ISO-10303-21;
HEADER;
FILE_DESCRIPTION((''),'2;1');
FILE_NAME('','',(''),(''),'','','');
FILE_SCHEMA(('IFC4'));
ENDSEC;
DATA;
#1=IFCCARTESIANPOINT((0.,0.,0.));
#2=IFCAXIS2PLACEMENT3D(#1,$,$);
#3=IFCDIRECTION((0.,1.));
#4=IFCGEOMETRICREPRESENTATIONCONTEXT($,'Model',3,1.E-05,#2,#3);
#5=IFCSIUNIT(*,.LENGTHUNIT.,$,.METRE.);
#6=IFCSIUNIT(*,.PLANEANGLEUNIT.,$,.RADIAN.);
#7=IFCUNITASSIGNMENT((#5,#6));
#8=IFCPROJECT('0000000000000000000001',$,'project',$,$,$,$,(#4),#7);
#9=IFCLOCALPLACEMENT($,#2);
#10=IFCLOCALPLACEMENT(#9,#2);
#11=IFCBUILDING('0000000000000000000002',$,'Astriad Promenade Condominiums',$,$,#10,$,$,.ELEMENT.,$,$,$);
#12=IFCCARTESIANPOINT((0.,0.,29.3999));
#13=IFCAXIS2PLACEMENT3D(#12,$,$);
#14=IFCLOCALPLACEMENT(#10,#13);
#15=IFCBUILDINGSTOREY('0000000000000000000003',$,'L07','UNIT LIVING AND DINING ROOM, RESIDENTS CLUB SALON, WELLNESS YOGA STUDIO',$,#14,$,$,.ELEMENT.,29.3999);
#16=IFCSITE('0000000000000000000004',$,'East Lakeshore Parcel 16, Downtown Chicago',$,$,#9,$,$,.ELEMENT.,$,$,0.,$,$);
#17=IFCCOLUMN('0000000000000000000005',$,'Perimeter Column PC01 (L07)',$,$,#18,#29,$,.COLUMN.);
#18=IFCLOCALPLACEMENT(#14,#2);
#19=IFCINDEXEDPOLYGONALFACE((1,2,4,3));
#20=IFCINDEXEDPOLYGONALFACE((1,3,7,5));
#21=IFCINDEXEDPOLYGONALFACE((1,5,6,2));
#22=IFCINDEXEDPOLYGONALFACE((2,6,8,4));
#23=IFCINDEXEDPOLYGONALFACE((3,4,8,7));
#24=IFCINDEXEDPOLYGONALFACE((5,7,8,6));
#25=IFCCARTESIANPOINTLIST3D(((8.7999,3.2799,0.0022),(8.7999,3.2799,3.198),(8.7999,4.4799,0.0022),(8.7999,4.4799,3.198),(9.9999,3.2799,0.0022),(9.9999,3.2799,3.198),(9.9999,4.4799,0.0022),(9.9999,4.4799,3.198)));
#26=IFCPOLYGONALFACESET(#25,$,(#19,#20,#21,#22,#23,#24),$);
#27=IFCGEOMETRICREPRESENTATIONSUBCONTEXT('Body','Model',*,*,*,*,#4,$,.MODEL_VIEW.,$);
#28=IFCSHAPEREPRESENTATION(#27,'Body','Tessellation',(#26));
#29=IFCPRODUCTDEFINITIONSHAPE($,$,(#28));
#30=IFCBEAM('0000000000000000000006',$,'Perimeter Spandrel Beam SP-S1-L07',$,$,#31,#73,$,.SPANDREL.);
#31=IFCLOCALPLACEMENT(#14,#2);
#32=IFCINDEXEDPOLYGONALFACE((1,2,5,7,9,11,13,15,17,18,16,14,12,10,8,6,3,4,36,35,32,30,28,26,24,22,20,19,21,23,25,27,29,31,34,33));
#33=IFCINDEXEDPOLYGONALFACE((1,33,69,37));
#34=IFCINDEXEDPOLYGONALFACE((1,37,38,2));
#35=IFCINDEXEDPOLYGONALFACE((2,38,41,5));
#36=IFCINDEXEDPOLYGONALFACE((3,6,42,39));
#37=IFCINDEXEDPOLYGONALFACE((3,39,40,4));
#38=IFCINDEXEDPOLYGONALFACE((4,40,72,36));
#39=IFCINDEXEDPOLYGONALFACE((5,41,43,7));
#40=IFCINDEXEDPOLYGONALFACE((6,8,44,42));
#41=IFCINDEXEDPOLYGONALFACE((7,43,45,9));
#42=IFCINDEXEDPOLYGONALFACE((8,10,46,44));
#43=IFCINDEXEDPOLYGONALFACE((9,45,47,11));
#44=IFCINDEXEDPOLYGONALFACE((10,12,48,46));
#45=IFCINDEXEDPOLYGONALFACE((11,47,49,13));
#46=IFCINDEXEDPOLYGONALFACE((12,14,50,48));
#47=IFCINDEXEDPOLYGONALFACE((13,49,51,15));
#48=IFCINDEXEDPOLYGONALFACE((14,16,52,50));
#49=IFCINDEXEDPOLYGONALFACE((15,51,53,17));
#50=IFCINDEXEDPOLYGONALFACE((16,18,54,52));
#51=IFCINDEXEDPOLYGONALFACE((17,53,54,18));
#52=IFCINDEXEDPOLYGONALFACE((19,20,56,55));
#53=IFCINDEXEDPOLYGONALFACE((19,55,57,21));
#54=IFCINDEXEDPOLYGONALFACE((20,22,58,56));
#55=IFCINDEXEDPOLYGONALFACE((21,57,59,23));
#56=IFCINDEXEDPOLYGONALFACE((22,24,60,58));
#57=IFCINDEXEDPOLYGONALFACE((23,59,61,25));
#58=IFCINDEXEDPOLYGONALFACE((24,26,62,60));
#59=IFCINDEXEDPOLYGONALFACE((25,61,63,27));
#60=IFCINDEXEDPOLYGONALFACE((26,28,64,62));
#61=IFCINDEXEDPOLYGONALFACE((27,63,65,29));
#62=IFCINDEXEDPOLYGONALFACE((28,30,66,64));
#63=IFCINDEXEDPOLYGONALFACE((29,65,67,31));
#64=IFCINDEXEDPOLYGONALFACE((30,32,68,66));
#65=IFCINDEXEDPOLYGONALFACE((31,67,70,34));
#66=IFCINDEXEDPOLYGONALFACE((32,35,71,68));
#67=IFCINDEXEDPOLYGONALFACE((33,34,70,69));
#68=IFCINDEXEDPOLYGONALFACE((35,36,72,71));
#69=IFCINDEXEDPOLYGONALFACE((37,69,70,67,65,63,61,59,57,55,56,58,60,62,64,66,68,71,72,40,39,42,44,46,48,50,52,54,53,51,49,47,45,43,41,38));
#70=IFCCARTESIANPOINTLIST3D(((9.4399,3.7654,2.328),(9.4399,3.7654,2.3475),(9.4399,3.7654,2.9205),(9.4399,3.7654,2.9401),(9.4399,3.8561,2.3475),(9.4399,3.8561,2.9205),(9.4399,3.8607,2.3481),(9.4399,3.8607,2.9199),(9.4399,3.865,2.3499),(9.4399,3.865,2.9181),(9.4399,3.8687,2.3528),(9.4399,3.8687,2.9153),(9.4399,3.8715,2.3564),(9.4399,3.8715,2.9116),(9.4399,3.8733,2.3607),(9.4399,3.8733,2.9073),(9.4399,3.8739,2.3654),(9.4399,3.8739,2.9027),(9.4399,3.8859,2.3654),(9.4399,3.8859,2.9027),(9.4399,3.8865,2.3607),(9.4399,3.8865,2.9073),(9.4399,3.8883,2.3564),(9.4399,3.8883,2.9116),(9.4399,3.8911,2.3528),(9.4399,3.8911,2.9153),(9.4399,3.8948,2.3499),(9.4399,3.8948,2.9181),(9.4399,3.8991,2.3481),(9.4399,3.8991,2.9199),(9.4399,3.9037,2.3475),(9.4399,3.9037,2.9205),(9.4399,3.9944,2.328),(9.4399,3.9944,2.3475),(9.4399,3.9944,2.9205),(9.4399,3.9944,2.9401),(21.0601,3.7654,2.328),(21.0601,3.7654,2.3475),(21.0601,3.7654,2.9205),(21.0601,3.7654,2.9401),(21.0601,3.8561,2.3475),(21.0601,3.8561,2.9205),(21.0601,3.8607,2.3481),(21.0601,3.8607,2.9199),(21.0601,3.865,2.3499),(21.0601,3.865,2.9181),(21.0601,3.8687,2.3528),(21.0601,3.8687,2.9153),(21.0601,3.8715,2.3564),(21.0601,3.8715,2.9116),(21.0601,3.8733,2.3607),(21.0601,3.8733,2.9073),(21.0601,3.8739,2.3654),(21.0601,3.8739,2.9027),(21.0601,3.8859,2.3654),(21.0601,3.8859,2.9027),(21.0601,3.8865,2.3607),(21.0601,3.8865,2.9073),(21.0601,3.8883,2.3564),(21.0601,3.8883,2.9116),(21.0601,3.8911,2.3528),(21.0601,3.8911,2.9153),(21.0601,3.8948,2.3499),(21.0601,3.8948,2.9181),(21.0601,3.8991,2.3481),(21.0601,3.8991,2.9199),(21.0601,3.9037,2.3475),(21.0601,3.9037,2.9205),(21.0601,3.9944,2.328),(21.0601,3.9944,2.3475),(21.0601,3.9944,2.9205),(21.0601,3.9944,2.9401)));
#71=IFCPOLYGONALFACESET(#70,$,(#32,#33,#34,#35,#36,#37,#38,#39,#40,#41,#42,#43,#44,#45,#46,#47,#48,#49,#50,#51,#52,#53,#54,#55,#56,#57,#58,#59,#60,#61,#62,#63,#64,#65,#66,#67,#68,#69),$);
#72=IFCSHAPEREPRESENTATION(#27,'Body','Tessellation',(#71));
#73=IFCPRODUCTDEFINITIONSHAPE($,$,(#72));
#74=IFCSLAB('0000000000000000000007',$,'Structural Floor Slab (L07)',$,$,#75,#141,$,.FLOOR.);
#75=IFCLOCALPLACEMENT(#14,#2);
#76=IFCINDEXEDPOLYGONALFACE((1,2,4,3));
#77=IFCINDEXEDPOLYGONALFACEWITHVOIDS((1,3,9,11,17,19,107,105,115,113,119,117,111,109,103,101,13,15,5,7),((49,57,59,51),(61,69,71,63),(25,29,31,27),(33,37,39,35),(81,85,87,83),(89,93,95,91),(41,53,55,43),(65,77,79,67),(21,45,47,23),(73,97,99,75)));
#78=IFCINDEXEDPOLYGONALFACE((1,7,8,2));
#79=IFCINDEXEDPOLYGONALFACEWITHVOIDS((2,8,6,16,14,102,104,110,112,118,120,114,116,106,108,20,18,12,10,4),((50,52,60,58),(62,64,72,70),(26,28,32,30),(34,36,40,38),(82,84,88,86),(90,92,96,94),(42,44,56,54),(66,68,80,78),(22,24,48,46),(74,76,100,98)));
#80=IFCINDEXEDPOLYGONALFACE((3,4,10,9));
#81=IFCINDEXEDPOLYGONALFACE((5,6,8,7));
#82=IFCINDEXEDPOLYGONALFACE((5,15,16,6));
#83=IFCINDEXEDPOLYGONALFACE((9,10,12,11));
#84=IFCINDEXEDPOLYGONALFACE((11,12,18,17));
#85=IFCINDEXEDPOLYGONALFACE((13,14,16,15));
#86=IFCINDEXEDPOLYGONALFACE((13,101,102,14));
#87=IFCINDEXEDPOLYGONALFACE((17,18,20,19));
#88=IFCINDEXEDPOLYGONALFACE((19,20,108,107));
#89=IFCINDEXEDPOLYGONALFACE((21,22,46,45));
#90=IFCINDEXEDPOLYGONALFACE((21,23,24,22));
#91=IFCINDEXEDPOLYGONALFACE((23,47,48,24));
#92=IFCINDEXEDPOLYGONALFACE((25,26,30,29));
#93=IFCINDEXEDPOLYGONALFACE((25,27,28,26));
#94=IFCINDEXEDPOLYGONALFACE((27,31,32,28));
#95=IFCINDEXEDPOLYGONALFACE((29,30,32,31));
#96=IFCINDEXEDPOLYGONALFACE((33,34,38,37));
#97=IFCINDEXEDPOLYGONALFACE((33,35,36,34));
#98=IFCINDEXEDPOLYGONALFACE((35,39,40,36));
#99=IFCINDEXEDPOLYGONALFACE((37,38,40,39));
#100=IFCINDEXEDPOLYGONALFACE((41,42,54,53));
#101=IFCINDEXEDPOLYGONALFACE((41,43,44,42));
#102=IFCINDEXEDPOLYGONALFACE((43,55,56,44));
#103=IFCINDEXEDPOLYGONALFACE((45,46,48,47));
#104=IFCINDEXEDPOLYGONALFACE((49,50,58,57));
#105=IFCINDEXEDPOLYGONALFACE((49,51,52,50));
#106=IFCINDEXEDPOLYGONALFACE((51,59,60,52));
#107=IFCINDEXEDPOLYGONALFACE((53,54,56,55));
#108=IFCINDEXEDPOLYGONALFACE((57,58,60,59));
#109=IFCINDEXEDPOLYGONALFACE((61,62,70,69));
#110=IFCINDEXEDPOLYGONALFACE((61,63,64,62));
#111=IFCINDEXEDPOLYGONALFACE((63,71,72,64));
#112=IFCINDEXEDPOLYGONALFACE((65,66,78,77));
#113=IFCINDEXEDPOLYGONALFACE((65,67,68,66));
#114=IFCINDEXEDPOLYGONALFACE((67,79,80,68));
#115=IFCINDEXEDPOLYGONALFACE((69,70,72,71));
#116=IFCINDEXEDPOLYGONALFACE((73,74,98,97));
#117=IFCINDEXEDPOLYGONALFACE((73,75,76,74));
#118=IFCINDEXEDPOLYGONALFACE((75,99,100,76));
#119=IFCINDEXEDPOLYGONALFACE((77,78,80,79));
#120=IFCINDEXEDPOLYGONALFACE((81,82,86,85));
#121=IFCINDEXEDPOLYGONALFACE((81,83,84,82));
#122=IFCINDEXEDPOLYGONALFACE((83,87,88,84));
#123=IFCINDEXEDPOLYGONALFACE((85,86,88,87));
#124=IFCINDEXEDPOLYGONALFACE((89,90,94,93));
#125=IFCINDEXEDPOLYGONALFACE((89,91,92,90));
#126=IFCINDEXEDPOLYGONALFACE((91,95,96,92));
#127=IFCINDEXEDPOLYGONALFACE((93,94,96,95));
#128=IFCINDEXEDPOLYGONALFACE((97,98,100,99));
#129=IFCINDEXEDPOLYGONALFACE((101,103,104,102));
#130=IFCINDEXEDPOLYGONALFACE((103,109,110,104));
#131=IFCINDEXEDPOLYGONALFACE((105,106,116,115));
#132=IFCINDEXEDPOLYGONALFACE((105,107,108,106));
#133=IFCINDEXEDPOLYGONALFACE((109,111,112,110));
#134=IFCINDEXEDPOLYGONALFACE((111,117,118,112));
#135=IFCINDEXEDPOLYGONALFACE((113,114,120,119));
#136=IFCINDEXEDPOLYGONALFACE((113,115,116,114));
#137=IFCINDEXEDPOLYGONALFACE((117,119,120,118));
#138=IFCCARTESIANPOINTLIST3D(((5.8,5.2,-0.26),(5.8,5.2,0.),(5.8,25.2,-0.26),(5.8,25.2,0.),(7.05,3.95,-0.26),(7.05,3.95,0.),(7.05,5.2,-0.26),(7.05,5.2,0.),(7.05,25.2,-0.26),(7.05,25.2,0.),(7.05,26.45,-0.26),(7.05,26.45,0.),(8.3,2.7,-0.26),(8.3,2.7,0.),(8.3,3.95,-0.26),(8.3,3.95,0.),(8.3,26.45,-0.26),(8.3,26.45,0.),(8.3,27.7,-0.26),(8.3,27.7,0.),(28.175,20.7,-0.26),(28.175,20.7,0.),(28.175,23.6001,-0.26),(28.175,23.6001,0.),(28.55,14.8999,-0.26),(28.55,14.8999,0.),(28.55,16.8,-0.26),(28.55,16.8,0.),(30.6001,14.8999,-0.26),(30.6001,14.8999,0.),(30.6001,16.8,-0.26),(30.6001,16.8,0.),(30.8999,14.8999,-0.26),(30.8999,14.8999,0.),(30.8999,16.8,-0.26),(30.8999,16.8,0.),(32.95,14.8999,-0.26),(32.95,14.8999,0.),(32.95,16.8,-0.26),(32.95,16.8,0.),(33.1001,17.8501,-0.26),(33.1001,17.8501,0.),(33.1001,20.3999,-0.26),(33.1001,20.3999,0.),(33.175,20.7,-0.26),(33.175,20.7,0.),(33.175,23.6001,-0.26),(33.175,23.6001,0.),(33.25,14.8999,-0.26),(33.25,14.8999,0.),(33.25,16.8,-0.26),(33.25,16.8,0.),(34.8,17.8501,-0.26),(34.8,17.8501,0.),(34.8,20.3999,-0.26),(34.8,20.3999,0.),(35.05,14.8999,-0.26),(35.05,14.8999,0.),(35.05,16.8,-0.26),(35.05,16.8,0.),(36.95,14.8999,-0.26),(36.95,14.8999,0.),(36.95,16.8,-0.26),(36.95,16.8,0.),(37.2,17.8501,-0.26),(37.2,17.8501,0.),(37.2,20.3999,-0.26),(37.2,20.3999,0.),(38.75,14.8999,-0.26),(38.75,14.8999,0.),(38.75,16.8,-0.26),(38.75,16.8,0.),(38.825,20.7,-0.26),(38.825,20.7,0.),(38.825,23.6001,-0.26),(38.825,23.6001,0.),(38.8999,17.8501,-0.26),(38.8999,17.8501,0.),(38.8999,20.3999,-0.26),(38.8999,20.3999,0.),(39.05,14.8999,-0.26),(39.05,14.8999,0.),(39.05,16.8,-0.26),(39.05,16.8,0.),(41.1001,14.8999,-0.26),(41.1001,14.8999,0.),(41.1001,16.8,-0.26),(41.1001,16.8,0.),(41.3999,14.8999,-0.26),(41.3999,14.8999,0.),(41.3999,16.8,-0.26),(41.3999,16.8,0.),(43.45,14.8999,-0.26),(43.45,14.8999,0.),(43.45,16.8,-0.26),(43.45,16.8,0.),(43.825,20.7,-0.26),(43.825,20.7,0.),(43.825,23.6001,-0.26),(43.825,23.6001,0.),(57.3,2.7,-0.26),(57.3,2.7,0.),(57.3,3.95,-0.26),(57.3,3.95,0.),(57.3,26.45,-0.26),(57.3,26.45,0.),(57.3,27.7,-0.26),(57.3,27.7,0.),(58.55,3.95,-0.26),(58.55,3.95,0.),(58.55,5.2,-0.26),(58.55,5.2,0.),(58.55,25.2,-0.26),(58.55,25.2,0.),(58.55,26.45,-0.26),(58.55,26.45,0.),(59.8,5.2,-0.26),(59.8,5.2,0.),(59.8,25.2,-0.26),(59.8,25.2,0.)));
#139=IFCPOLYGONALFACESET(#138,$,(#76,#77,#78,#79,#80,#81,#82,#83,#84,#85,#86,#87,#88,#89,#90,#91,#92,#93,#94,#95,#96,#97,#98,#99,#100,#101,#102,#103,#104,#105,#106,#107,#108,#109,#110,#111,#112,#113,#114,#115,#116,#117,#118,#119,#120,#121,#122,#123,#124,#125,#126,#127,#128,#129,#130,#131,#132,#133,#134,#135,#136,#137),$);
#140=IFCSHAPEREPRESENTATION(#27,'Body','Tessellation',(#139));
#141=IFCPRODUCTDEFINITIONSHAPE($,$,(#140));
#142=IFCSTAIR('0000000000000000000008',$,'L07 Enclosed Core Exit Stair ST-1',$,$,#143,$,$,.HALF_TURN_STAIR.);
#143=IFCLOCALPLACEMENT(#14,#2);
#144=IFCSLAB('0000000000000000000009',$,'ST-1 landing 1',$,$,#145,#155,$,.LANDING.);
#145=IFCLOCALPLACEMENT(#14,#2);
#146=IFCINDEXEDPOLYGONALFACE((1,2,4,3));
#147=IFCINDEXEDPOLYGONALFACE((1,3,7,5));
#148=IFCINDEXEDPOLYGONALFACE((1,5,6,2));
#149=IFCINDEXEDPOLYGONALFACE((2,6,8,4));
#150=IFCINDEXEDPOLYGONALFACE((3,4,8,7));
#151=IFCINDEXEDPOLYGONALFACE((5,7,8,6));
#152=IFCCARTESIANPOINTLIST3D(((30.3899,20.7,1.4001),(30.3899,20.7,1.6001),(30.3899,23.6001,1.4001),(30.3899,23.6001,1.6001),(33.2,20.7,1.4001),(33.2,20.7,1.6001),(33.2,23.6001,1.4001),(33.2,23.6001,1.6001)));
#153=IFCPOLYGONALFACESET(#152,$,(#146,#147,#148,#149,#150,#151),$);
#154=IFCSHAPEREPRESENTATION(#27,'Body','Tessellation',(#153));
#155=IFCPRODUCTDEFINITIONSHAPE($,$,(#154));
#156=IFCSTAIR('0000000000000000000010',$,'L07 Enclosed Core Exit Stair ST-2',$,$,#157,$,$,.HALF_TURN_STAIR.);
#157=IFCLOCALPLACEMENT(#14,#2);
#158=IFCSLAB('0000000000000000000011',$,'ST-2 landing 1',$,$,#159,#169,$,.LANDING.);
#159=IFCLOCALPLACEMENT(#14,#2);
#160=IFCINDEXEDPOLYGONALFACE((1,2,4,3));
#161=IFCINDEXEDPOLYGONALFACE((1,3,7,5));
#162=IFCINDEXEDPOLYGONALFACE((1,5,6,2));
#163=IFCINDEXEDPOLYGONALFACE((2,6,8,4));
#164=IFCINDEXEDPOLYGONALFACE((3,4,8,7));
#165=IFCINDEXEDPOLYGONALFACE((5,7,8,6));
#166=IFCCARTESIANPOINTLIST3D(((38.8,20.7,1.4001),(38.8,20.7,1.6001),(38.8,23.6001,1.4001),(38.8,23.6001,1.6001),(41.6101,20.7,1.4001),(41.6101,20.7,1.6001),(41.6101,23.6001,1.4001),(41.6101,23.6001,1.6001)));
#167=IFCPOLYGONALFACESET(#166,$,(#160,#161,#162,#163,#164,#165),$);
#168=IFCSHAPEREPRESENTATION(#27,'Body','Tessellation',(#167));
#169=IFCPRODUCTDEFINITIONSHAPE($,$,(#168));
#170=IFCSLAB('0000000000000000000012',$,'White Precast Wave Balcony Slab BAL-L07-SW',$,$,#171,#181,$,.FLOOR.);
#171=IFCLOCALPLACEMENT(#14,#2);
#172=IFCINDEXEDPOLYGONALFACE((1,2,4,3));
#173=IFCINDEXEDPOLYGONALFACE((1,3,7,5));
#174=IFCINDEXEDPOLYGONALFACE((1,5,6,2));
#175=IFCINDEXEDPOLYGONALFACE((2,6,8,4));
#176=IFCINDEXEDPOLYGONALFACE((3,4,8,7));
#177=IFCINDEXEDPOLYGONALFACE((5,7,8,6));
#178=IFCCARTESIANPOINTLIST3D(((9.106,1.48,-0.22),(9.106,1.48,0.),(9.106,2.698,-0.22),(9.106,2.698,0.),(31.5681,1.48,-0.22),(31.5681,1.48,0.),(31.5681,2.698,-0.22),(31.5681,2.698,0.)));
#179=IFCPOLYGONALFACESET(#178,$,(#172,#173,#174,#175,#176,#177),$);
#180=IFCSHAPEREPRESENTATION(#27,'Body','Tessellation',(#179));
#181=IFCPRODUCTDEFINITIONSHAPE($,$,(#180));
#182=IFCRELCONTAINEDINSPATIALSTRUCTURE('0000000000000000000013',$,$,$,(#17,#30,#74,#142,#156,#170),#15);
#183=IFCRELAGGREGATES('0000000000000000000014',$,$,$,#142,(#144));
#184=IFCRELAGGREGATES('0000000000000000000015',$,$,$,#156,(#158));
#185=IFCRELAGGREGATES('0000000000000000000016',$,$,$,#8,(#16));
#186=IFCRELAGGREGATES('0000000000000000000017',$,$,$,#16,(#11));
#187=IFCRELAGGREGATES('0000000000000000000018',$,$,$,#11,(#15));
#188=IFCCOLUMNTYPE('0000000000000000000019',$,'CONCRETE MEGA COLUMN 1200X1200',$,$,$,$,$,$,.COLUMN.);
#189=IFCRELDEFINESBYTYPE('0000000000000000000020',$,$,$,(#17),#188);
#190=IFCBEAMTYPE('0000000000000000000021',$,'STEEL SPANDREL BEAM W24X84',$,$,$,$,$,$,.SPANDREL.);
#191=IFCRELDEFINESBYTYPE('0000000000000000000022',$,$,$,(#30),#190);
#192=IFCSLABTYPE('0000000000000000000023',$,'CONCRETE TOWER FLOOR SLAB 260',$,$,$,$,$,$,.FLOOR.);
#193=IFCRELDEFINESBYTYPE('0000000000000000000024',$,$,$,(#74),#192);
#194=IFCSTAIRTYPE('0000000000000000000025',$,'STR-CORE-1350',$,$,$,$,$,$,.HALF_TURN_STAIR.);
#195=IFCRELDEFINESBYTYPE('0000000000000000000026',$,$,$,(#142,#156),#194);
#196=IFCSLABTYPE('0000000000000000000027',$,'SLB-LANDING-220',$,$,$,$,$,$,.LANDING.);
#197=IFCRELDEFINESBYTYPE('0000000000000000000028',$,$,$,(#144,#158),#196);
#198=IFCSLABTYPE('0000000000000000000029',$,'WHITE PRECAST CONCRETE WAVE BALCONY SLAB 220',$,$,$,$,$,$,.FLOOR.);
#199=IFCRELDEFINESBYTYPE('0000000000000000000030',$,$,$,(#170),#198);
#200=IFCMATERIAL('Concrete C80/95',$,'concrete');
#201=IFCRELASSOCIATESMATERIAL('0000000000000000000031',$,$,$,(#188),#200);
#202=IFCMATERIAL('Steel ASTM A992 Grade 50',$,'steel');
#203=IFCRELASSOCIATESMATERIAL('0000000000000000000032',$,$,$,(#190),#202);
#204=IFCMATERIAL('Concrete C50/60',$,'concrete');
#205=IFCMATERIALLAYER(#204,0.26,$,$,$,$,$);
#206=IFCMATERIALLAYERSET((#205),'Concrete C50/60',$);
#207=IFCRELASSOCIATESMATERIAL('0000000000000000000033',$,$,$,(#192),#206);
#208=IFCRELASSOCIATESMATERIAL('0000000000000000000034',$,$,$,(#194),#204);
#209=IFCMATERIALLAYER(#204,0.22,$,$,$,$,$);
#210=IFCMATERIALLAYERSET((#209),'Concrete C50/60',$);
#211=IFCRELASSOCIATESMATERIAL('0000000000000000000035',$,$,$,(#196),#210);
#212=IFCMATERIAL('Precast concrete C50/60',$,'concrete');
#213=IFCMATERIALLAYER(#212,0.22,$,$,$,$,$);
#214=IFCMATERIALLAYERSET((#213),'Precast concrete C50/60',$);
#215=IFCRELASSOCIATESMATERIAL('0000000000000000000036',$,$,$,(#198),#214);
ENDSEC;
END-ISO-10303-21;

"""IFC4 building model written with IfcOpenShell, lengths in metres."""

from ifc_helpers import new_model, si_unit, direction, frame, origin, origin_2d, place, context, subcontext, project, spatial, polyline, rectangle, i_section, outline, extrude, source, transform, mapped, material, layer, layer_set, material_profile, profile_set, type_object, type_shapes, element, aggregate, save


model = new_model("IFC4")

# Units and contexts
model_context = context("Model", 3, precision=1e-05, world=origin(), true_north=direction((0.0, 1.0)))
body_context = subcontext(model_context, "Body", "Model", "MODEL_VIEW")
ifc_project = project(units=[si_unit("LENGTHUNIT", "METRE"), si_unit("PLANEANGLEUNIT", "RADIAN")], contexts=[model_context])

# Site, building, storey
site_placement = place(None, origin())
site = spatial("IfcSite", under=ifc_project, at=site_placement, Name="East Lakeshore Parcel 16, Downtown Chicago", CompositionType="ELEMENT", RefElevation=0.0)
building_placement = place(site_placement, origin())
building = spatial("IfcBuilding", under=site, at=building_placement, Name="Astriad Promenade Condominiums", CompositionType="ELEMENT")
storey_placement = place(building_placement, frame((0.0, 0.0, 29.3999)))
storey = spatial("IfcBuildingStorey", under=building, at=storey_placement, Name="L07", Description="UNIT LIVING AND DINING ROOM, RESIDENTS CLUB SALON, WELLNESS YOGA STUDIO", CompositionType="ELEMENT", Elevation=29.3999)

# Column
ifc_material_1 = material(Name="Concrete C80/95", Category="concrete")
ifc_material_profile_1 = material_profile(ifc_material_1, rectangle(XDim=1.2, YDim=1.2, at=origin_2d()), Name="RC-COL-1200X1200")
ifc_profile_set_1 = profile_set([ifc_material_profile_1], Name="Concrete C80/95")
column_type = type_object("IfcColumnType", Name="CONCRETE MEGA COLUMN 1200X1200", PredefinedType="COLUMN", material=ifc_profile_set_1)
shared_shape_1 = source(origin(), body_context, "Body", "SweptSolid", [
    extrude(rectangle(XDim=1.2, YDim=1.2, at=origin_2d()), origin(), (0.0, 0.0, 1.0), 3.1958),
])
type_shapes(column_type, [shared_shape_1])
column_placement = place(storey_placement, frame((9.3999, 3.8799, 0.0022), z_axis=(0.0, 0.0, 1.0), x_axis=(1.0, 0.0, 0.0)))
element("IfcColumn", 1, at=column_placement, inside=storey, type_object=column_type, Name="Perimeter Column PC01 (L07)", PredefinedType="COLUMN", context=body_context, shape_type="MappedRepresentation", body=[
    mapped(shared_shape_1, transform((0.0, 0.0, 0.0), scale=1.0)),
])

# Beam
ifc_material_2 = material(Name="Steel ASTM A992 Grade 50", Category="steel")
ifc_material_profile_2 = material_profile(ifc_material_2, i_section(OverallWidth=0.229, OverallDepth=0.6121, WebThickness=0.012, FlangeThickness=0.0195, FilletRadius=0.0178, at=origin_2d()), Name="W24X84")
ifc_profile_set_2 = profile_set([ifc_material_profile_2], Name="Steel ASTM A992 Grade 50")
beam_type = type_object("IfcBeamType", Name="STEEL SPANDREL BEAM W24X84", PredefinedType="SPANDREL", material=ifc_profile_set_2)
shared_shape_2 = source(origin(), body_context, "Body", "SweptSolid", [
    extrude(i_section(OverallWidth=0.229, OverallDepth=0.6121, WebThickness=0.012, FlangeThickness=0.0195, FilletRadius=0.0178, at=origin_2d()), origin(), (0.0, 0.0, 1.0), 11.6201),
])
type_shapes(beam_type, [shared_shape_2])
beam_placement = place(storey_placement, frame((9.4399, 3.8799, 2.634), z_axis=(1.0, 0.0, 0.0), x_axis=(0.0, 1.0, 0.0)))
element("IfcBeam", 2, at=beam_placement, inside=storey, type_object=beam_type, Name="Perimeter Spandrel Beam SP-S1-L07", PredefinedType="SPANDREL", context=body_context, shape_type="MappedRepresentation", body=[
    mapped(shared_shape_2, transform((0.0, 0.0, 0.0), scale=1.0)),
])

# Slab
ifc_material_3 = material(Name="Concrete C50/60", Category="concrete")
ifc_layer_1 = layer(ifc_material_3, 0.26)
ifc_layer_set_1 = layer_set([ifc_layer_1], Name="Concrete C50/60")
slab_type_1 = type_object("IfcSlabType", Name="CONCRETE TOWER FLOOR SLAB 260", PredefinedType="FLOOR", material=ifc_layer_set_1)
slab_1_placement = place(storey_placement, frame((0.0, 0.0, -0.26)))
element("IfcSlab", 3, at=slab_1_placement, inside=storey, type_object=slab_type_1, Name="Structural Floor Slab (L07)", PredefinedType="FLOOR", context=body_context, shape_type="SweptSolid", body=[
    extrude(outline(polyline([(8.3, 2.7), (57.3, 2.7), (57.3, 3.95), (58.55, 3.95), (58.55, 5.2), (59.8, 5.2), (59.8, 25.2), (58.55, 25.2), (58.55, 26.45), (57.3, 26.45), (57.3, 27.7), (8.3, 27.7), (8.3, 26.45), (7.05, 26.45), (7.05, 25.2), (5.8, 25.2), (5.8, 5.2), (7.05, 5.2), (7.05, 3.95), (8.3, 3.95), (8.3, 2.7)]), holes=[polyline([(28.175, 20.7), (33.175, 20.7), (33.175, 23.6001), (28.175, 23.6001), (28.175, 20.7)]), polyline([(38.825, 20.7), (43.825, 20.7), (43.825, 23.6001), (38.825, 23.6001), (38.825, 20.7)]), polyline([(33.1001, 17.8501), (34.8, 17.8501), (34.8, 20.3999), (33.1001, 20.3999), (33.1001, 17.8501)]), polyline([(37.2, 17.8501), (38.8999, 17.8501), (38.8999, 20.3999), (37.2, 20.3999), (37.2, 17.8501)]), polyline([(28.55, 14.8999), (30.6001, 14.8999), (30.6001, 16.8), (28.55, 16.8), (28.55, 14.8999)]), polyline([(30.8999, 14.8999), (32.95, 14.8999), (32.95, 16.8), (30.8999, 16.8), (30.8999, 14.8999)]), polyline([(33.25, 14.8999), (35.05, 14.8999), (35.05, 16.8), (33.25, 16.8), (33.25, 14.8999)]), polyline([(36.95, 14.8999), (38.75, 14.8999), (38.75, 16.8), (36.95, 16.8), (36.95, 14.8999)]), polyline([(39.05, 14.8999), (41.1001, 14.8999), (41.1001, 16.8), (39.05, 16.8), (39.05, 14.8999)]), polyline([(41.3999, 14.8999), (43.45, 14.8999), (43.45, 16.8), (41.3999, 16.8), (41.3999, 14.8999)])]), origin(), (0.0, 0.0, 1.0), 0.26),
])

# Stairs, slabs
stair_type = type_object("IfcStairType", Name="STR-CORE-1350", PredefinedType="HALF_TURN_STAIR", material=ifc_material_3)
stair_1_placement = place(storey_placement, origin())
stair_1 = element("IfcStair", 4, at=stair_1_placement, inside=storey, type_object=stair_type, Name="L07 Enclosed Core Exit Stair ST-1", PredefinedType="HALF_TURN_STAIR")
ifc_layer_2 = layer(ifc_material_3, 0.22)
ifc_layer_set_2 = layer_set([ifc_layer_2], Name="Concrete C50/60")
slab_type_2 = type_object("IfcSlabType", Name="SLB-LANDING-220", PredefinedType="LANDING", material=ifc_layer_set_2)
slab_2_placement = place(storey_placement, frame((0.0, 0.0, 1.4001)))
slab_2 = element("IfcSlab", 5, at=slab_2_placement, type_object=slab_type_2, Name="ST-1 landing 1", PredefinedType="LANDING", context=body_context, shape_type="SweptSolid", body=[
    extrude(outline(polyline([(30.3899, 20.7), (33.2, 20.7), (33.2, 23.6001), (30.3899, 23.6001), (30.3899, 20.7)])), origin(), (0.0, 0.0, 1.0), 0.2),
])
aggregate(stair_1, [slab_2])
stair_2_placement = place(storey_placement, origin())
stair_2 = element("IfcStair", 6, at=stair_2_placement, inside=storey, type_object=stair_type, Name="L07 Enclosed Core Exit Stair ST-2", PredefinedType="HALF_TURN_STAIR")
slab_3_placement = place(storey_placement, frame((0.0, 0.0, 1.4001)))
slab_3 = element("IfcSlab", 7, at=slab_3_placement, type_object=slab_type_2, Name="ST-2 landing 1", PredefinedType="LANDING", context=body_context, shape_type="SweptSolid", body=[
    extrude(outline(polyline([(41.6101, 23.6001), (38.8, 23.6001), (38.8, 20.7), (41.6101, 20.7), (41.6101, 23.6001)])), origin(), (0.0, 0.0, 1.0), 0.2),
])
aggregate(stair_2, [slab_3])

# Slab
ifc_material_4 = material(Name="Precast concrete C50/60", Category="concrete")
ifc_layer_3 = layer(ifc_material_4, 0.22)
ifc_layer_set_3 = layer_set([ifc_layer_3], Name="Precast concrete C50/60")
slab_type_3 = type_object("IfcSlabType", Name="WHITE PRECAST CONCRETE WAVE BALCONY SLAB 220", PredefinedType="FLOOR", material=ifc_layer_set_3)
slab_4_placement = place(storey_placement, frame((0.0, 0.0, -0.22)))
element("IfcSlab", 8, at=slab_4_placement, inside=storey, type_object=slab_type_3, Name="White Precast Wave Balcony Slab BAL-L07-SW", PredefinedType="FLOOR", context=body_context, shape_type="SweptSolid", body=[
    extrude(outline(polyline([(31.5681, 1.48), (9.106, 1.48), (9.106, 2.698), (31.5681, 2.698), (31.5681, 1.48)])), origin(), (0.0, 0.0, 1.0), 0.22),
])

save(model, "model.ifc")
